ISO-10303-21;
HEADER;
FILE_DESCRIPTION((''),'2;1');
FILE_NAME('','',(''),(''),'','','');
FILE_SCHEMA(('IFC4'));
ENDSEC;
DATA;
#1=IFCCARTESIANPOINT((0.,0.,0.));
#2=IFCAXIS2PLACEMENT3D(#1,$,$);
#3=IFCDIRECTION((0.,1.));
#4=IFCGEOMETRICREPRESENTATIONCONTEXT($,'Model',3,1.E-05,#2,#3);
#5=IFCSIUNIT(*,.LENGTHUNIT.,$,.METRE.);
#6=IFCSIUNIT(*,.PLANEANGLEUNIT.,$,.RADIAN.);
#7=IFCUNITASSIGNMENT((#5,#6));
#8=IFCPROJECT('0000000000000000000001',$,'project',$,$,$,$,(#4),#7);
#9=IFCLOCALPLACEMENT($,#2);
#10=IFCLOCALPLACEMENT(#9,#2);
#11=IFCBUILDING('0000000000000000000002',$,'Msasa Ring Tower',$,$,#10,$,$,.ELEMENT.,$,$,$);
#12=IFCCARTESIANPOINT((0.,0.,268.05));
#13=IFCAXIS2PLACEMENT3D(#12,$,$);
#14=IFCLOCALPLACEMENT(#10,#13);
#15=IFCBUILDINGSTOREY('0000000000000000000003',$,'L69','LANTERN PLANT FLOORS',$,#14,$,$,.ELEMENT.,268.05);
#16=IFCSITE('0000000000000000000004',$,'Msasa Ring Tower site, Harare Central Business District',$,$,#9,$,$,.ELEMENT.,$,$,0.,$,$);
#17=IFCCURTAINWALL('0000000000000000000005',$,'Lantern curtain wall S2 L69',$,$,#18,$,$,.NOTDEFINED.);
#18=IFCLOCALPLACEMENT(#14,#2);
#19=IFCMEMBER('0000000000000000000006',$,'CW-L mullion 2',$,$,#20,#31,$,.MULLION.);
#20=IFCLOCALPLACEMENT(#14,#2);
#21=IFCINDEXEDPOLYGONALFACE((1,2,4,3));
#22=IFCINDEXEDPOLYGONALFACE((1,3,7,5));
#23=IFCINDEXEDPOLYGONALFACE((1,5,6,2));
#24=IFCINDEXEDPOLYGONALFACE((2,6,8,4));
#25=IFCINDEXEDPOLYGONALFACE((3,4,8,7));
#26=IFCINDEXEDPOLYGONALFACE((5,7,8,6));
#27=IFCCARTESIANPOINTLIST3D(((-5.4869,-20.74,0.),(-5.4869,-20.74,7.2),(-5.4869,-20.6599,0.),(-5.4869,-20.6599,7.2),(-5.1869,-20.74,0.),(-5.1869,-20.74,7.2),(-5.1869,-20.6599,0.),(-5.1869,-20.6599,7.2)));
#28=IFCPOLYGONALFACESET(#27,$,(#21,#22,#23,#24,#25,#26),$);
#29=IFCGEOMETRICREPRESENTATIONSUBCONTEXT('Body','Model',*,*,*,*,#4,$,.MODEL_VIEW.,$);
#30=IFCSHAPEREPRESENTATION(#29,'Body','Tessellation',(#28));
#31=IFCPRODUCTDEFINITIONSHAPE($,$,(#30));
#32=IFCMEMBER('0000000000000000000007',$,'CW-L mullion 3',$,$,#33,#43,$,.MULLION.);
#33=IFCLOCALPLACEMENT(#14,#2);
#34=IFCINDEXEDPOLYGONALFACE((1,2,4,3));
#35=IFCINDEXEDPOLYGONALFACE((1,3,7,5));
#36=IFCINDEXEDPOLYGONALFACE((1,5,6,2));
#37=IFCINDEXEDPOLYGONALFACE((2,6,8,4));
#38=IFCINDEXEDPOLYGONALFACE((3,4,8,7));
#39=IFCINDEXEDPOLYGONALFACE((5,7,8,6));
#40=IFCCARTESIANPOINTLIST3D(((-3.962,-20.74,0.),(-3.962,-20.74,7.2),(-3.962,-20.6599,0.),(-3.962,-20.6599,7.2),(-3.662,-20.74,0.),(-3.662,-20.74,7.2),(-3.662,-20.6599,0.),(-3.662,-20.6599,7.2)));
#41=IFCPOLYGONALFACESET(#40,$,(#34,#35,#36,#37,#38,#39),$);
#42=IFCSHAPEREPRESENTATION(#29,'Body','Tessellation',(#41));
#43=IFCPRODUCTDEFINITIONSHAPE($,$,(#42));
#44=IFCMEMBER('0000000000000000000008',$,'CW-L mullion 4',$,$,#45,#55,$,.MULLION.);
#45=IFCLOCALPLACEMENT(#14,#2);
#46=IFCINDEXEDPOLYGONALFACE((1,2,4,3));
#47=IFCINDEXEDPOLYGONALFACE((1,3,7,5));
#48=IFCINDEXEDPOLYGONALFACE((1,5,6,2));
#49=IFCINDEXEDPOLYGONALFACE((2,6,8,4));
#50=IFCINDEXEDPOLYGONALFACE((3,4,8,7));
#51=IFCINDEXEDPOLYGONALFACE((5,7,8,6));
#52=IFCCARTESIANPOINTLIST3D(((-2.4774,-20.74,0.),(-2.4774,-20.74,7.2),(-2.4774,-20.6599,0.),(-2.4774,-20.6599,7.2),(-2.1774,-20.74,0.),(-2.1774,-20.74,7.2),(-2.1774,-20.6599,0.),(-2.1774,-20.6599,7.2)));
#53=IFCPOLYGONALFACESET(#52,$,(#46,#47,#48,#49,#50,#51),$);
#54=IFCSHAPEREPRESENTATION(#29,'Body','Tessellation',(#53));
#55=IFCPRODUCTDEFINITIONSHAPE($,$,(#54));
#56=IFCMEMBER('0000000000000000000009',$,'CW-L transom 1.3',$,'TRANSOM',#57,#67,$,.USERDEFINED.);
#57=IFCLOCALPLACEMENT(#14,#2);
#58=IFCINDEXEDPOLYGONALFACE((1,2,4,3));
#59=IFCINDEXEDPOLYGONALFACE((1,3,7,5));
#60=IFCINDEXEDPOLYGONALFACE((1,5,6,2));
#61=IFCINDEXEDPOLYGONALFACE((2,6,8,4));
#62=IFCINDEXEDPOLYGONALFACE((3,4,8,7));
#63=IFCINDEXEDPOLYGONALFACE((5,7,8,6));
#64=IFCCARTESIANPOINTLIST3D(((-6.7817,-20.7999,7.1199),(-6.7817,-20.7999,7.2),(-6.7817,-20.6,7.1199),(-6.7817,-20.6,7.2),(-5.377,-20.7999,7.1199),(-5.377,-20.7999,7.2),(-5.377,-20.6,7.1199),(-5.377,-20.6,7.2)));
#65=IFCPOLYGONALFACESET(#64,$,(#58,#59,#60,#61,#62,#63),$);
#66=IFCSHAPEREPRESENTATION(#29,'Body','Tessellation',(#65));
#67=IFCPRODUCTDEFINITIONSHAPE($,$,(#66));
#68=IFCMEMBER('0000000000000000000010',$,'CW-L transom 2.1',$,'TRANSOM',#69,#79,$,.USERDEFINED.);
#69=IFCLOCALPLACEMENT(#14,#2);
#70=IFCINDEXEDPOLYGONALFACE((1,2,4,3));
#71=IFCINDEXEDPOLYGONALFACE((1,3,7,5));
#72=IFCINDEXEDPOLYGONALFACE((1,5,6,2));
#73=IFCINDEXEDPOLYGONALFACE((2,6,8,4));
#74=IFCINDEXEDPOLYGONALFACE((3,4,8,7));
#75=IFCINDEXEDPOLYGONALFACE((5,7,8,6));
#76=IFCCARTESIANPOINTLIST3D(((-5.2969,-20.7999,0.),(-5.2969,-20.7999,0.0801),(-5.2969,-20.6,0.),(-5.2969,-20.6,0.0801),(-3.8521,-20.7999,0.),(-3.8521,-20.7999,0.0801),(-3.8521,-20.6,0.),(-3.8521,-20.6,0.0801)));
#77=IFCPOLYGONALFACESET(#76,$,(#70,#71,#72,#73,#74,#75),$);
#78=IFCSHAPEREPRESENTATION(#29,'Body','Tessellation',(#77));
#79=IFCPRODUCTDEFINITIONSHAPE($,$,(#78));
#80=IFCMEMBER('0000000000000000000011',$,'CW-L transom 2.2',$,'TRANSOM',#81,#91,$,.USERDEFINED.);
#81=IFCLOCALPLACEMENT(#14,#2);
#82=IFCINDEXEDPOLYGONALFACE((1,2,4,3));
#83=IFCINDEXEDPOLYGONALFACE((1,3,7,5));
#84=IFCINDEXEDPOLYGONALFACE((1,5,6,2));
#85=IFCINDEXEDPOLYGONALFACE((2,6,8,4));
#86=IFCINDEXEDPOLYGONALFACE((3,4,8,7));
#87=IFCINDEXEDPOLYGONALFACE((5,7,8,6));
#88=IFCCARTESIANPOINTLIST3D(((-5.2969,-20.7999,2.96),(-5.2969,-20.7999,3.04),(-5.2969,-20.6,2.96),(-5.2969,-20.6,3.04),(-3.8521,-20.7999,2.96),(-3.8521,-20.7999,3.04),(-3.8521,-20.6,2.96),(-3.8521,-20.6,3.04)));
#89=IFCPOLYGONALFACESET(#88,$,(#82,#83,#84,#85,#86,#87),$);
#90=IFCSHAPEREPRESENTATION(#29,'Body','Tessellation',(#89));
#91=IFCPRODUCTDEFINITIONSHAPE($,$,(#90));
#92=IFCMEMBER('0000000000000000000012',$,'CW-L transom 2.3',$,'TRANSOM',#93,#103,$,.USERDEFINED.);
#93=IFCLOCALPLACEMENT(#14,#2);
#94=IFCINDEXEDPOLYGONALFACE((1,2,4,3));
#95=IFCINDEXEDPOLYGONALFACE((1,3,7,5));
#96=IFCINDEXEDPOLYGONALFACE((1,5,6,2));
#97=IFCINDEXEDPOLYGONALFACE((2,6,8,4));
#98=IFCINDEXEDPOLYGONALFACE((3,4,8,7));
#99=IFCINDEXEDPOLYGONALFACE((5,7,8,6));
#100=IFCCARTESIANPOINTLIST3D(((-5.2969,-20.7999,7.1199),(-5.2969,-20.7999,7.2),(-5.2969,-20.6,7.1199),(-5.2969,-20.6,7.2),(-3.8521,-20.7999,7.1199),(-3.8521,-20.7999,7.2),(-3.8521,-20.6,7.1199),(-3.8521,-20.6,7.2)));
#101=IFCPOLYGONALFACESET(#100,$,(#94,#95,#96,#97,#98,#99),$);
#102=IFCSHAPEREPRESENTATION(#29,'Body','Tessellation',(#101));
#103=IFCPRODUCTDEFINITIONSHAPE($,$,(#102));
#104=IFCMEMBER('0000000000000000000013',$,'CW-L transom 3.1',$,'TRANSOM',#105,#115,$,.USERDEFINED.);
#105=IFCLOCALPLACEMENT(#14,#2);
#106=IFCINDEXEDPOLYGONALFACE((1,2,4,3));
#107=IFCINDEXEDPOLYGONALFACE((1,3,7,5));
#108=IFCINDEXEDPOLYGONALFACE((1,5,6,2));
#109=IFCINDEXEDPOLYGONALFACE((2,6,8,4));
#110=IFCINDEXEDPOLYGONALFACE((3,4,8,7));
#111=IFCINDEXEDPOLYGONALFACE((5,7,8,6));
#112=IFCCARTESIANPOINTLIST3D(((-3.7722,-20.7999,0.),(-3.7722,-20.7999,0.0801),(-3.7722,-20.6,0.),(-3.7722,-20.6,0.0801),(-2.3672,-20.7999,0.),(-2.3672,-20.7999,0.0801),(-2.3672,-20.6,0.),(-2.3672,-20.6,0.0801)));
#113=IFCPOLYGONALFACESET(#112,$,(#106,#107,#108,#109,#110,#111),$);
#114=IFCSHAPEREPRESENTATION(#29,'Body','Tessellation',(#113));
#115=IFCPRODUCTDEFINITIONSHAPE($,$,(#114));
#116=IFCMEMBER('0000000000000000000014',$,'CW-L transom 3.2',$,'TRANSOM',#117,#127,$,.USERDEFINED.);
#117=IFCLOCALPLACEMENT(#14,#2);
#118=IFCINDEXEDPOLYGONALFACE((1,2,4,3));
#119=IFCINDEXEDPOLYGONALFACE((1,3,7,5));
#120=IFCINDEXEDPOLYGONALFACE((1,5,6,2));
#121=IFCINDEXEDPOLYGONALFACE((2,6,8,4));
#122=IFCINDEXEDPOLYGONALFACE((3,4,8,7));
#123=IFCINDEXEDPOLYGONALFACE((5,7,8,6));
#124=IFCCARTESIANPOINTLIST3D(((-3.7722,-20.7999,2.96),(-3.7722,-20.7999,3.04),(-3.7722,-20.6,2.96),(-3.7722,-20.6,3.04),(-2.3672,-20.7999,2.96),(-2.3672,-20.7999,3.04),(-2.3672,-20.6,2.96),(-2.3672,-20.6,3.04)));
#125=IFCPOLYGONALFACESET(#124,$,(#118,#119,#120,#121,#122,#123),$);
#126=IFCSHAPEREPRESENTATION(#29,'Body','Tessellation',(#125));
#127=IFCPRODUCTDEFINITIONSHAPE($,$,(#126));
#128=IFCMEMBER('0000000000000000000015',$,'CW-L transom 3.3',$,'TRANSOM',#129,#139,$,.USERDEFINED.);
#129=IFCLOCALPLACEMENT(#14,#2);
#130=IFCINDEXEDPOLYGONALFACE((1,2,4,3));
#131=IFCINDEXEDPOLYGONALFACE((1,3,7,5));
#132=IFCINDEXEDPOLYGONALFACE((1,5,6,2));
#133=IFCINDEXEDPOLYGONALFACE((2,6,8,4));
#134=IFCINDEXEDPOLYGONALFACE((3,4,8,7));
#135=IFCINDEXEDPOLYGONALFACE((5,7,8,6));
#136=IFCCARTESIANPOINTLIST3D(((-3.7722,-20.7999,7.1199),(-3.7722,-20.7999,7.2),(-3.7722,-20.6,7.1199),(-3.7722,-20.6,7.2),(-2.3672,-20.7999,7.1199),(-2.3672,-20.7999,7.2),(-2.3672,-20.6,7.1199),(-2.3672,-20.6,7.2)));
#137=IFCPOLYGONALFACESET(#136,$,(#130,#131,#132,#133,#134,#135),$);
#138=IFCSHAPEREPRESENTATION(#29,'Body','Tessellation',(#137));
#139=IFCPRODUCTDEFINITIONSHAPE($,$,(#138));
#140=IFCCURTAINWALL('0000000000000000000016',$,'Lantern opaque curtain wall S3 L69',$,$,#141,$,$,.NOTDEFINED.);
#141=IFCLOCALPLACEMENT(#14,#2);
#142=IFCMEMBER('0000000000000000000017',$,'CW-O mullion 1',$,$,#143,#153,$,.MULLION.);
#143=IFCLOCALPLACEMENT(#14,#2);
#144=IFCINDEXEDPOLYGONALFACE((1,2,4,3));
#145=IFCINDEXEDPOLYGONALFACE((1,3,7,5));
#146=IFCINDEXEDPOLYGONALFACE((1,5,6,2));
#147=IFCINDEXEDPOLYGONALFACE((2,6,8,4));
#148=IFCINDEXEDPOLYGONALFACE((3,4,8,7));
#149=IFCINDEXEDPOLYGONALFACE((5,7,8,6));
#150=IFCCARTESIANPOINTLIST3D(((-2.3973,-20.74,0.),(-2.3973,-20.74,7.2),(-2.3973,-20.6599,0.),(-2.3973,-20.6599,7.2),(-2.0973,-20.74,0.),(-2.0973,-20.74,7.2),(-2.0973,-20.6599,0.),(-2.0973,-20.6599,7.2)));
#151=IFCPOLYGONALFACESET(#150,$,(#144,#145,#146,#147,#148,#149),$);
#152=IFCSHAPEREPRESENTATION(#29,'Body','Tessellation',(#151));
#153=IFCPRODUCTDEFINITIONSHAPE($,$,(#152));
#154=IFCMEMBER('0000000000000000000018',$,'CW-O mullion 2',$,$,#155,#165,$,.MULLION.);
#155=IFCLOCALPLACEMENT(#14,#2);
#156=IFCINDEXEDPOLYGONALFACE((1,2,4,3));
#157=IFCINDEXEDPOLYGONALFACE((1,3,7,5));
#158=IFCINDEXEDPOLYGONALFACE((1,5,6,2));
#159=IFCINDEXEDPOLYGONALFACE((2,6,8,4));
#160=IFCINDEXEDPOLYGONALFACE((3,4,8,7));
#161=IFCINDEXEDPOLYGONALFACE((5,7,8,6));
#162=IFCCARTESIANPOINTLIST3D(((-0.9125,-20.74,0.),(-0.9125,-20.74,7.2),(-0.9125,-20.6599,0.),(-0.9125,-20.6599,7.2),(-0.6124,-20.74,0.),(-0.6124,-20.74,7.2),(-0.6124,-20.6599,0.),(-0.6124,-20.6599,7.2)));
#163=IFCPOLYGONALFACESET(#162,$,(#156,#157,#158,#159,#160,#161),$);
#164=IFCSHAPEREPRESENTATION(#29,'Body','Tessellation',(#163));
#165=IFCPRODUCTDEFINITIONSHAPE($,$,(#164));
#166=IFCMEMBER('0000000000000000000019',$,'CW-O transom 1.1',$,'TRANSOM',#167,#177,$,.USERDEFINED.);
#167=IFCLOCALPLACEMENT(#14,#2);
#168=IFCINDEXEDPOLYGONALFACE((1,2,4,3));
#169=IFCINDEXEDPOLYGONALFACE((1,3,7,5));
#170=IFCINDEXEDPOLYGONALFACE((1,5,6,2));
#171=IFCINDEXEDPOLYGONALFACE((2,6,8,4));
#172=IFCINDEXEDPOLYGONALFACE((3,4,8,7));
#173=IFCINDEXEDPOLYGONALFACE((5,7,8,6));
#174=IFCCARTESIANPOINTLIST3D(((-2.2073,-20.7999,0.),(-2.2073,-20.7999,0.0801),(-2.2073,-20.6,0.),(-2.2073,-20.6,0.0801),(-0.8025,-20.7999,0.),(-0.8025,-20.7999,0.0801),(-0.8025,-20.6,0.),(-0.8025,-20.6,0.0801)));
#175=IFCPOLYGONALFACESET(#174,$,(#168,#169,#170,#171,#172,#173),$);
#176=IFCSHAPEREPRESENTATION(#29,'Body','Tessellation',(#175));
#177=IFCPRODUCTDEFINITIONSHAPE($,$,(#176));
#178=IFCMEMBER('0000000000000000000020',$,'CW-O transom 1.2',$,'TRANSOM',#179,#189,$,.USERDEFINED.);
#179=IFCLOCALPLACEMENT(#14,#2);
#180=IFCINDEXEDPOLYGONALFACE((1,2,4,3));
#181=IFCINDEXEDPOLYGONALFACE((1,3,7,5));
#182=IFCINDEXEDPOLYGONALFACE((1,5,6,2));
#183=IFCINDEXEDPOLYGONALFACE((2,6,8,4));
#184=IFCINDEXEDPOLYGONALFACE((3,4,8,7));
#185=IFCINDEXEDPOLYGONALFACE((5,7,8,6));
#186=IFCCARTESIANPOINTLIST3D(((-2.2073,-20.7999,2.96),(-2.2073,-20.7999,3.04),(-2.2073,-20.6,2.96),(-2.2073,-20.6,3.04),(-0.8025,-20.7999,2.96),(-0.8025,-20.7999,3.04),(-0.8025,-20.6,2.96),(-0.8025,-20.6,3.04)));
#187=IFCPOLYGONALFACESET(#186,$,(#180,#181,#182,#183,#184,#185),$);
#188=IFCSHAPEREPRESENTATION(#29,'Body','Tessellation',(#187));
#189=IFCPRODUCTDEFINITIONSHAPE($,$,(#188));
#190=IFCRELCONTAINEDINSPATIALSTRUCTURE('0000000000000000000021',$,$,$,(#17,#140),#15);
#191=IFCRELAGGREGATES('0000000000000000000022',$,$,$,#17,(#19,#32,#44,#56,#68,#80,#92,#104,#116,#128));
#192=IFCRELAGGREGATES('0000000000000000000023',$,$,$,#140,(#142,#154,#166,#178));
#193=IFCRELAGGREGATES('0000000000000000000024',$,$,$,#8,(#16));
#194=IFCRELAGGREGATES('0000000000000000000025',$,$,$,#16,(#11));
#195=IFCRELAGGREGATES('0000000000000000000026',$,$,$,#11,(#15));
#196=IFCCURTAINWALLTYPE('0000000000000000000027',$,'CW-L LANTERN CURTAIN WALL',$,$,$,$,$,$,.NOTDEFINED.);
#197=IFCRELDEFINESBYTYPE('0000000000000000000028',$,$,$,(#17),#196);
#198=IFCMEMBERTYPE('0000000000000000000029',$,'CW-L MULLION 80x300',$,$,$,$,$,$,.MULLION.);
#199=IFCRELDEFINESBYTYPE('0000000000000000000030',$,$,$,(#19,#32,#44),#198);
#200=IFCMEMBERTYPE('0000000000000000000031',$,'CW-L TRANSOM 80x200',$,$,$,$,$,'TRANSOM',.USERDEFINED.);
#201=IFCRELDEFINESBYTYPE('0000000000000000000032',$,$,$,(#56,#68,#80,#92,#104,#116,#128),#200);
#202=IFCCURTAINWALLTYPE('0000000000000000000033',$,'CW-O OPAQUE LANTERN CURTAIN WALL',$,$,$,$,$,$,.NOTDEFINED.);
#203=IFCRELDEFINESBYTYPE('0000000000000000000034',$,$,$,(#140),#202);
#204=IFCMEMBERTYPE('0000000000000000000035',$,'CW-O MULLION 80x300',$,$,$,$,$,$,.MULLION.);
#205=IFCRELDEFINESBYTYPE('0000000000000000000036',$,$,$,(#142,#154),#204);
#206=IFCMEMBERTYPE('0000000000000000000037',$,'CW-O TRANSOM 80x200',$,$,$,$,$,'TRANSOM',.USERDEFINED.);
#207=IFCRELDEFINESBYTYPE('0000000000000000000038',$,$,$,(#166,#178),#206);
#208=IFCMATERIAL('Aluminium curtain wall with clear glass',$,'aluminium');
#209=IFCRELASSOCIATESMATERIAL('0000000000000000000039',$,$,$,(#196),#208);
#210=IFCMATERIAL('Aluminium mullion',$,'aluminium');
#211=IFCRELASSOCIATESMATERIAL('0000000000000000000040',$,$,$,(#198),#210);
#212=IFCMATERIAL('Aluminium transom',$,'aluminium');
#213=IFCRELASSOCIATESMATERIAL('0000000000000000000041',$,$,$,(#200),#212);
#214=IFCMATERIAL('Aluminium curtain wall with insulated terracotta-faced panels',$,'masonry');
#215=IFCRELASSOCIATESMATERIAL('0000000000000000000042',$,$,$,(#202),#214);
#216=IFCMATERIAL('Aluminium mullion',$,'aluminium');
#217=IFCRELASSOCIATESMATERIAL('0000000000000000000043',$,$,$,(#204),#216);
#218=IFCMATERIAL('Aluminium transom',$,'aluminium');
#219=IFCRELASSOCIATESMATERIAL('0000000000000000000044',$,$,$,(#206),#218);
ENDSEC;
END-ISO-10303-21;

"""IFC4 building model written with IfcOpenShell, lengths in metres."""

from ifc_helpers import new_model, si_unit, direction, frame, origin, origin_2d, place, context, subcontext, project, spatial, rectangle, extrude, material, material_profile, profile_set, type_object, element, aggregate, save


model = new_model("IFC4")

# Units and contexts
model_context = context("Model", 3, precision=1e-05, world=origin(), true_north=direction((0.0, 1.0)))
body_context = subcontext(model_context, "Body", "Model", "MODEL_VIEW")
ifc_project = project(units=[si_unit("LENGTHUNIT", "METRE"), si_unit("PLANEANGLEUNIT", "RADIAN")], contexts=[model_context])

# Site, building, storey
site_placement = place(None, origin())
site = spatial("IfcSite", under=ifc_project, at=site_placement, Name="Msasa Ring Tower site, Harare Central Business District", CompositionType="ELEMENT", RefElevation=0.0)
building_placement = place(site_placement, origin())
building = spatial("IfcBuilding", under=site, at=building_placement, Name="Msasa Ring Tower", CompositionType="ELEMENT")
storey_placement = place(building_placement, frame((0.0, 0.0, 268.05)))
storey = spatial("IfcBuildingStorey", under=building, at=storey_placement, Name="L69", Description="LANTERN PLANT FLOORS", CompositionType="ELEMENT", Elevation=268.05)

# Curtain walls, members
ifc_material_1 = material(Name="Aluminium curtain wall with clear glass", Category="aluminium")
curtain_wall_type_1 = type_object("IfcCurtainWallType", Name="CW-L LANTERN CURTAIN WALL", PredefinedType="NOTDEFINED", material=ifc_material_1)
curtain_wall_1_placement = place(storey_placement, origin())
curtain_wall_1 = element("IfcCurtainWall", 1, at=curtain_wall_1_placement, inside=storey, type_object=curtain_wall_type_1, Name="Lantern curtain wall S2 L69", PredefinedType="NOTDEFINED")
ifc_material_2 = material(Name="Aluminium mullion", Category="aluminium")
ifc_material_profile_1 = material_profile(ifc_material_2, rectangle(XDim=0.0801, YDim=0.3, at=origin_2d()), Name="AL 80x300")
ifc_profile_set_1 = profile_set([ifc_material_profile_1], Name="Aluminium mullion")
member_type_1 = type_object("IfcMemberType", Name="CW-L MULLION 80x300", PredefinedType="MULLION", material=ifc_profile_set_1)
member_1_placement = place(storey_placement, frame((-5.3369, -20.7, 0.0), z_axis=(0.0, 0.0, 1.0), x_axis=(0.0, 1.0, 0.0)))
member_1 = element("IfcMember", 2, at=member_1_placement, type_object=member_type_1, Name="CW-L mullion 2", PredefinedType="MULLION", context=body_context, shape_type="SweptSolid", body=[
    extrude(rectangle(XDim=0.0801, YDim=0.3, at=origin_2d()), origin(), (0.0, 0.0, 1.0), 7.2),
])
member_2_placement = place(storey_placement, frame((-3.812, -20.7, 0.0), z_axis=(0.0, 0.0, 1.0), x_axis=(0.0, 1.0, 0.0)))
member_2 = element("IfcMember", 3, at=member_2_placement, type_object=member_type_1, Name="CW-L mullion 3", PredefinedType="MULLION", context=body_context, shape_type="SweptSolid", body=[
    extrude(rectangle(XDim=0.0801, YDim=0.3, at=origin_2d()), origin(), (0.0, 0.0, 1.0), 7.2),
])
member_3_placement = place(storey_placement, frame((-2.3274, -20.7, 0.0), z_axis=(0.0, 0.0, 1.0), x_axis=(0.0, 1.0, 0.0)))
member_3 = element("IfcMember", 4, at=member_3_placement, type_object=member_type_1, Name="CW-L mullion 4", PredefinedType="MULLION", context=body_context, shape_type="SweptSolid", body=[
    extrude(rectangle(XDim=0.0801, YDim=0.3, at=origin_2d()), origin(), (0.0, 0.0, 1.0), 7.2),
])
ifc_material_3 = material(Name="Aluminium transom", Category="aluminium")
ifc_material_profile_2 = material_profile(ifc_material_3, rectangle(XDim=0.2, YDim=0.0801, at=origin_2d()), Name="AL 80x200")
ifc_profile_set_2 = profile_set([ifc_material_profile_2], Name="Aluminium transom")
member_type_2 = type_object("IfcMemberType", Name="CW-L TRANSOM 80x200", ElementType="TRANSOM", PredefinedType="USERDEFINED", material=ifc_profile_set_2)
member_4_placement = place(storey_placement, frame((-6.7817, -20.7, 7.1599), z_axis=(1.0, 0.0, 0.0), x_axis=(0.0, 1.0, 0.0)))
member_4 = element("IfcMember", 5, at=member_4_placement, type_object=member_type_2, Name="CW-L transom 1.3", ObjectType="TRANSOM", PredefinedType="USERDEFINED", context=body_context, shape_type="SweptSolid", body=[
    extrude(rectangle(XDim=0.2, YDim=0.0801, at=origin_2d()), origin(), (0.0, 0.0, 1.0), 1.4048),
])
member_5_placement = place(storey_placement, frame((-5.2969, -20.7, 0.04), z_axis=(1.0, 0.0, 0.0), x_axis=(0.0, 1.0, 0.0)))
member_5 = element("IfcMember", 6, at=member_5_placement, type_object=member_type_2, Name="CW-L transom 2.1", ObjectType="TRANSOM", PredefinedType="USERDEFINED", context=body_context, shape_type="SweptSolid", body=[
    extrude(rectangle(XDim=0.2, YDim=0.0801, at=origin_2d()), origin(), (0.0, 0.0, 1.0), 1.4448),
])
member_6_placement = place(storey_placement, frame((-5.2969, -20.7, 3.0), z_axis=(1.0, 0.0, 0.0), x_axis=(0.0, 1.0, 0.0)))
member_6 = element("IfcMember", 7, at=member_6_placement, type_object=member_type_2, Name="CW-L transom 2.2", ObjectType="TRANSOM", PredefinedType="USERDEFINED", context=body_context, shape_type="SweptSolid", body=[
    extrude(rectangle(XDim=0.2, YDim=0.0801, at=origin_2d()), origin(), (0.0, 0.0, 1.0), 1.4448),
])
member_7_placement = place(storey_placement, frame((-5.2969, -20.7, 7.1599), z_axis=(1.0, 0.0, 0.0), x_axis=(0.0, 1.0, 0.0)))
member_7 = element("IfcMember", 8, at=member_7_placement, type_object=member_type_2, Name="CW-L transom 2.3", ObjectType="TRANSOM", PredefinedType="USERDEFINED", context=body_context, shape_type="SweptSolid", body=[
    extrude(rectangle(XDim=0.2, YDim=0.0801, at=origin_2d()), origin(), (0.0, 0.0, 1.0), 1.4448),
])
member_8_placement = place(storey_placement, frame((-3.7722, -20.7, 0.04), z_axis=(1.0, 0.0, 0.0), x_axis=(0.0, 1.0, 0.0)))
member_8 = element("IfcMember", 9, at=member_8_placement, type_object=member_type_2, Name="CW-L transom 3.1", ObjectType="TRANSOM", PredefinedType="USERDEFINED", context=body_context, shape_type="SweptSolid", body=[
    extrude(rectangle(XDim=0.2, YDim=0.0801, at=origin_2d()), origin(), (0.0, 0.0, 1.0), 1.405),
])
member_9_placement = place(storey_placement, frame((-3.7722, -20.7, 3.0), z_axis=(1.0, 0.0, 0.0), x_axis=(0.0, 1.0, 0.0)))
member_9 = element("IfcMember", 10, at=member_9_placement, type_object=member_type_2, Name="CW-L transom 3.2", ObjectType="TRANSOM", PredefinedType="USERDEFINED", context=body_context, shape_type="SweptSolid", body=[
    extrude(rectangle(XDim=0.2, YDim=0.0801, at=origin_2d()), origin(), (0.0, 0.0, 1.0), 1.405),
])
member_10_placement = place(storey_placement, frame((-3.7722, -20.7, 7.1599), z_axis=(1.0, 0.0, 0.0), x_axis=(0.0, 1.0, 0.0)))
member_10 = element("IfcMember", 11, at=member_10_placement, type_object=member_type_2, Name="CW-L transom 3.3", ObjectType="TRANSOM", PredefinedType="USERDEFINED", context=body_context, shape_type="SweptSolid", body=[
    extrude(rectangle(XDim=0.2, YDim=0.0801, at=origin_2d()), origin(), (0.0, 0.0, 1.0), 1.405),
])
ifc_material_4 = material(Name="Aluminium curtain wall with insulated terracotta-faced panels", Category="masonry")
curtain_wall_type_2 = type_object("IfcCurtainWallType", Name="CW-O OPAQUE LANTERN CURTAIN WALL", PredefinedType="NOTDEFINED", material=ifc_material_4)
curtain_wall_2_placement = place(storey_placement, origin())
curtain_wall_2 = element("IfcCurtainWall", 12, at=curtain_wall_2_placement, inside=storey, type_object=curtain_wall_type_2, Name="Lantern opaque curtain wall S3 L69", PredefinedType="NOTDEFINED")
ifc_material_5 = material(Name="Aluminium mullion", Category="aluminium")
ifc_material_profile_3 = material_profile(ifc_material_5, rectangle(XDim=0.0801, YDim=0.3, at=origin_2d()), Name="AL 80x300")
ifc_profile_set_3 = profile_set([ifc_material_profile_3], Name="Aluminium mullion")
member_type_3 = type_object("IfcMemberType", Name="CW-O MULLION 80x300", PredefinedType="MULLION", material=ifc_profile_set_3)
member_11_placement = place(storey_placement, frame((-2.2473, -20.7, 0.0), z_axis=(0.0, 0.0, 1.0), x_axis=(0.0, 1.0, 0.0)))
member_11 = element("IfcMember", 13, at=member_11_placement, type_object=member_type_3, Name="CW-O mullion 1", PredefinedType="MULLION", context=body_context, shape_type="SweptSolid", body=[
    extrude(rectangle(XDim=0.0801, YDim=0.3, at=origin_2d()), origin(), (0.0, 0.0, 1.0), 7.2),
])
member_12_placement = place(storey_placement, frame((-0.7625, -20.7, 0.0), z_axis=(0.0, 0.0, 1.0), x_axis=(0.0, 1.0, 0.0)))
member_12 = element("IfcMember", 14, at=member_12_placement, type_object=member_type_3, Name="CW-O mullion 2", PredefinedType="MULLION", context=body_context, shape_type="SweptSolid", body=[
    extrude(rectangle(XDim=0.0801, YDim=0.3, at=origin_2d()), origin(), (0.0, 0.0, 1.0), 7.2),
])
ifc_material_6 = material(Name="Aluminium transom", Category="aluminium")
ifc_material_profile_4 = material_profile(ifc_material_6, rectangle(XDim=0.2, YDim=0.0801, at=origin_2d()), Name="AL 80x200")
ifc_profile_set_4 = profile_set([ifc_material_profile_4], Name="Aluminium transom")
member_type_4 = type_object("IfcMemberType", Name="CW-O TRANSOM 80x200", ElementType="TRANSOM", PredefinedType="USERDEFINED", material=ifc_profile_set_4)
member_13_placement = place(storey_placement, frame((-2.2073, -20.7, 0.04), z_axis=(1.0, 0.0, 0.0), x_axis=(0.0, 1.0, 0.0)))
member_13 = element("IfcMember", 15, at=member_13_placement, type_object=member_type_4, Name="CW-O transom 1.1", ObjectType="TRANSOM", PredefinedType="USERDEFINED", context=body_context, shape_type="SweptSolid", body=[
    extrude(rectangle(XDim=0.2, YDim=0.0801, at=origin_2d()), origin(), (0.0, 0.0, 1.0), 1.4048),
])
member_14_placement = place(storey_placement, frame((-2.2073, -20.7, 3.0), z_axis=(1.0, 0.0, 0.0), x_axis=(0.0, 1.0, 0.0)))
member_14 = element("IfcMember", 16, at=member_14_placement, type_object=member_type_4, Name="CW-O transom 1.2", ObjectType="TRANSOM", PredefinedType="USERDEFINED", context=body_context, shape_type="SweptSolid", body=[
    extrude(rectangle(XDim=0.2, YDim=0.0801, at=origin_2d()), origin(), (0.0, 0.0, 1.0), 1.4048),
])

aggregate(curtain_wall_1, [member_1, member_2, member_3, member_4, member_5, member_6, member_7, member_8, member_9, member_10])
aggregate(curtain_wall_2, [member_11, member_12, member_13, member_14])

save(model, "model.ifc")
